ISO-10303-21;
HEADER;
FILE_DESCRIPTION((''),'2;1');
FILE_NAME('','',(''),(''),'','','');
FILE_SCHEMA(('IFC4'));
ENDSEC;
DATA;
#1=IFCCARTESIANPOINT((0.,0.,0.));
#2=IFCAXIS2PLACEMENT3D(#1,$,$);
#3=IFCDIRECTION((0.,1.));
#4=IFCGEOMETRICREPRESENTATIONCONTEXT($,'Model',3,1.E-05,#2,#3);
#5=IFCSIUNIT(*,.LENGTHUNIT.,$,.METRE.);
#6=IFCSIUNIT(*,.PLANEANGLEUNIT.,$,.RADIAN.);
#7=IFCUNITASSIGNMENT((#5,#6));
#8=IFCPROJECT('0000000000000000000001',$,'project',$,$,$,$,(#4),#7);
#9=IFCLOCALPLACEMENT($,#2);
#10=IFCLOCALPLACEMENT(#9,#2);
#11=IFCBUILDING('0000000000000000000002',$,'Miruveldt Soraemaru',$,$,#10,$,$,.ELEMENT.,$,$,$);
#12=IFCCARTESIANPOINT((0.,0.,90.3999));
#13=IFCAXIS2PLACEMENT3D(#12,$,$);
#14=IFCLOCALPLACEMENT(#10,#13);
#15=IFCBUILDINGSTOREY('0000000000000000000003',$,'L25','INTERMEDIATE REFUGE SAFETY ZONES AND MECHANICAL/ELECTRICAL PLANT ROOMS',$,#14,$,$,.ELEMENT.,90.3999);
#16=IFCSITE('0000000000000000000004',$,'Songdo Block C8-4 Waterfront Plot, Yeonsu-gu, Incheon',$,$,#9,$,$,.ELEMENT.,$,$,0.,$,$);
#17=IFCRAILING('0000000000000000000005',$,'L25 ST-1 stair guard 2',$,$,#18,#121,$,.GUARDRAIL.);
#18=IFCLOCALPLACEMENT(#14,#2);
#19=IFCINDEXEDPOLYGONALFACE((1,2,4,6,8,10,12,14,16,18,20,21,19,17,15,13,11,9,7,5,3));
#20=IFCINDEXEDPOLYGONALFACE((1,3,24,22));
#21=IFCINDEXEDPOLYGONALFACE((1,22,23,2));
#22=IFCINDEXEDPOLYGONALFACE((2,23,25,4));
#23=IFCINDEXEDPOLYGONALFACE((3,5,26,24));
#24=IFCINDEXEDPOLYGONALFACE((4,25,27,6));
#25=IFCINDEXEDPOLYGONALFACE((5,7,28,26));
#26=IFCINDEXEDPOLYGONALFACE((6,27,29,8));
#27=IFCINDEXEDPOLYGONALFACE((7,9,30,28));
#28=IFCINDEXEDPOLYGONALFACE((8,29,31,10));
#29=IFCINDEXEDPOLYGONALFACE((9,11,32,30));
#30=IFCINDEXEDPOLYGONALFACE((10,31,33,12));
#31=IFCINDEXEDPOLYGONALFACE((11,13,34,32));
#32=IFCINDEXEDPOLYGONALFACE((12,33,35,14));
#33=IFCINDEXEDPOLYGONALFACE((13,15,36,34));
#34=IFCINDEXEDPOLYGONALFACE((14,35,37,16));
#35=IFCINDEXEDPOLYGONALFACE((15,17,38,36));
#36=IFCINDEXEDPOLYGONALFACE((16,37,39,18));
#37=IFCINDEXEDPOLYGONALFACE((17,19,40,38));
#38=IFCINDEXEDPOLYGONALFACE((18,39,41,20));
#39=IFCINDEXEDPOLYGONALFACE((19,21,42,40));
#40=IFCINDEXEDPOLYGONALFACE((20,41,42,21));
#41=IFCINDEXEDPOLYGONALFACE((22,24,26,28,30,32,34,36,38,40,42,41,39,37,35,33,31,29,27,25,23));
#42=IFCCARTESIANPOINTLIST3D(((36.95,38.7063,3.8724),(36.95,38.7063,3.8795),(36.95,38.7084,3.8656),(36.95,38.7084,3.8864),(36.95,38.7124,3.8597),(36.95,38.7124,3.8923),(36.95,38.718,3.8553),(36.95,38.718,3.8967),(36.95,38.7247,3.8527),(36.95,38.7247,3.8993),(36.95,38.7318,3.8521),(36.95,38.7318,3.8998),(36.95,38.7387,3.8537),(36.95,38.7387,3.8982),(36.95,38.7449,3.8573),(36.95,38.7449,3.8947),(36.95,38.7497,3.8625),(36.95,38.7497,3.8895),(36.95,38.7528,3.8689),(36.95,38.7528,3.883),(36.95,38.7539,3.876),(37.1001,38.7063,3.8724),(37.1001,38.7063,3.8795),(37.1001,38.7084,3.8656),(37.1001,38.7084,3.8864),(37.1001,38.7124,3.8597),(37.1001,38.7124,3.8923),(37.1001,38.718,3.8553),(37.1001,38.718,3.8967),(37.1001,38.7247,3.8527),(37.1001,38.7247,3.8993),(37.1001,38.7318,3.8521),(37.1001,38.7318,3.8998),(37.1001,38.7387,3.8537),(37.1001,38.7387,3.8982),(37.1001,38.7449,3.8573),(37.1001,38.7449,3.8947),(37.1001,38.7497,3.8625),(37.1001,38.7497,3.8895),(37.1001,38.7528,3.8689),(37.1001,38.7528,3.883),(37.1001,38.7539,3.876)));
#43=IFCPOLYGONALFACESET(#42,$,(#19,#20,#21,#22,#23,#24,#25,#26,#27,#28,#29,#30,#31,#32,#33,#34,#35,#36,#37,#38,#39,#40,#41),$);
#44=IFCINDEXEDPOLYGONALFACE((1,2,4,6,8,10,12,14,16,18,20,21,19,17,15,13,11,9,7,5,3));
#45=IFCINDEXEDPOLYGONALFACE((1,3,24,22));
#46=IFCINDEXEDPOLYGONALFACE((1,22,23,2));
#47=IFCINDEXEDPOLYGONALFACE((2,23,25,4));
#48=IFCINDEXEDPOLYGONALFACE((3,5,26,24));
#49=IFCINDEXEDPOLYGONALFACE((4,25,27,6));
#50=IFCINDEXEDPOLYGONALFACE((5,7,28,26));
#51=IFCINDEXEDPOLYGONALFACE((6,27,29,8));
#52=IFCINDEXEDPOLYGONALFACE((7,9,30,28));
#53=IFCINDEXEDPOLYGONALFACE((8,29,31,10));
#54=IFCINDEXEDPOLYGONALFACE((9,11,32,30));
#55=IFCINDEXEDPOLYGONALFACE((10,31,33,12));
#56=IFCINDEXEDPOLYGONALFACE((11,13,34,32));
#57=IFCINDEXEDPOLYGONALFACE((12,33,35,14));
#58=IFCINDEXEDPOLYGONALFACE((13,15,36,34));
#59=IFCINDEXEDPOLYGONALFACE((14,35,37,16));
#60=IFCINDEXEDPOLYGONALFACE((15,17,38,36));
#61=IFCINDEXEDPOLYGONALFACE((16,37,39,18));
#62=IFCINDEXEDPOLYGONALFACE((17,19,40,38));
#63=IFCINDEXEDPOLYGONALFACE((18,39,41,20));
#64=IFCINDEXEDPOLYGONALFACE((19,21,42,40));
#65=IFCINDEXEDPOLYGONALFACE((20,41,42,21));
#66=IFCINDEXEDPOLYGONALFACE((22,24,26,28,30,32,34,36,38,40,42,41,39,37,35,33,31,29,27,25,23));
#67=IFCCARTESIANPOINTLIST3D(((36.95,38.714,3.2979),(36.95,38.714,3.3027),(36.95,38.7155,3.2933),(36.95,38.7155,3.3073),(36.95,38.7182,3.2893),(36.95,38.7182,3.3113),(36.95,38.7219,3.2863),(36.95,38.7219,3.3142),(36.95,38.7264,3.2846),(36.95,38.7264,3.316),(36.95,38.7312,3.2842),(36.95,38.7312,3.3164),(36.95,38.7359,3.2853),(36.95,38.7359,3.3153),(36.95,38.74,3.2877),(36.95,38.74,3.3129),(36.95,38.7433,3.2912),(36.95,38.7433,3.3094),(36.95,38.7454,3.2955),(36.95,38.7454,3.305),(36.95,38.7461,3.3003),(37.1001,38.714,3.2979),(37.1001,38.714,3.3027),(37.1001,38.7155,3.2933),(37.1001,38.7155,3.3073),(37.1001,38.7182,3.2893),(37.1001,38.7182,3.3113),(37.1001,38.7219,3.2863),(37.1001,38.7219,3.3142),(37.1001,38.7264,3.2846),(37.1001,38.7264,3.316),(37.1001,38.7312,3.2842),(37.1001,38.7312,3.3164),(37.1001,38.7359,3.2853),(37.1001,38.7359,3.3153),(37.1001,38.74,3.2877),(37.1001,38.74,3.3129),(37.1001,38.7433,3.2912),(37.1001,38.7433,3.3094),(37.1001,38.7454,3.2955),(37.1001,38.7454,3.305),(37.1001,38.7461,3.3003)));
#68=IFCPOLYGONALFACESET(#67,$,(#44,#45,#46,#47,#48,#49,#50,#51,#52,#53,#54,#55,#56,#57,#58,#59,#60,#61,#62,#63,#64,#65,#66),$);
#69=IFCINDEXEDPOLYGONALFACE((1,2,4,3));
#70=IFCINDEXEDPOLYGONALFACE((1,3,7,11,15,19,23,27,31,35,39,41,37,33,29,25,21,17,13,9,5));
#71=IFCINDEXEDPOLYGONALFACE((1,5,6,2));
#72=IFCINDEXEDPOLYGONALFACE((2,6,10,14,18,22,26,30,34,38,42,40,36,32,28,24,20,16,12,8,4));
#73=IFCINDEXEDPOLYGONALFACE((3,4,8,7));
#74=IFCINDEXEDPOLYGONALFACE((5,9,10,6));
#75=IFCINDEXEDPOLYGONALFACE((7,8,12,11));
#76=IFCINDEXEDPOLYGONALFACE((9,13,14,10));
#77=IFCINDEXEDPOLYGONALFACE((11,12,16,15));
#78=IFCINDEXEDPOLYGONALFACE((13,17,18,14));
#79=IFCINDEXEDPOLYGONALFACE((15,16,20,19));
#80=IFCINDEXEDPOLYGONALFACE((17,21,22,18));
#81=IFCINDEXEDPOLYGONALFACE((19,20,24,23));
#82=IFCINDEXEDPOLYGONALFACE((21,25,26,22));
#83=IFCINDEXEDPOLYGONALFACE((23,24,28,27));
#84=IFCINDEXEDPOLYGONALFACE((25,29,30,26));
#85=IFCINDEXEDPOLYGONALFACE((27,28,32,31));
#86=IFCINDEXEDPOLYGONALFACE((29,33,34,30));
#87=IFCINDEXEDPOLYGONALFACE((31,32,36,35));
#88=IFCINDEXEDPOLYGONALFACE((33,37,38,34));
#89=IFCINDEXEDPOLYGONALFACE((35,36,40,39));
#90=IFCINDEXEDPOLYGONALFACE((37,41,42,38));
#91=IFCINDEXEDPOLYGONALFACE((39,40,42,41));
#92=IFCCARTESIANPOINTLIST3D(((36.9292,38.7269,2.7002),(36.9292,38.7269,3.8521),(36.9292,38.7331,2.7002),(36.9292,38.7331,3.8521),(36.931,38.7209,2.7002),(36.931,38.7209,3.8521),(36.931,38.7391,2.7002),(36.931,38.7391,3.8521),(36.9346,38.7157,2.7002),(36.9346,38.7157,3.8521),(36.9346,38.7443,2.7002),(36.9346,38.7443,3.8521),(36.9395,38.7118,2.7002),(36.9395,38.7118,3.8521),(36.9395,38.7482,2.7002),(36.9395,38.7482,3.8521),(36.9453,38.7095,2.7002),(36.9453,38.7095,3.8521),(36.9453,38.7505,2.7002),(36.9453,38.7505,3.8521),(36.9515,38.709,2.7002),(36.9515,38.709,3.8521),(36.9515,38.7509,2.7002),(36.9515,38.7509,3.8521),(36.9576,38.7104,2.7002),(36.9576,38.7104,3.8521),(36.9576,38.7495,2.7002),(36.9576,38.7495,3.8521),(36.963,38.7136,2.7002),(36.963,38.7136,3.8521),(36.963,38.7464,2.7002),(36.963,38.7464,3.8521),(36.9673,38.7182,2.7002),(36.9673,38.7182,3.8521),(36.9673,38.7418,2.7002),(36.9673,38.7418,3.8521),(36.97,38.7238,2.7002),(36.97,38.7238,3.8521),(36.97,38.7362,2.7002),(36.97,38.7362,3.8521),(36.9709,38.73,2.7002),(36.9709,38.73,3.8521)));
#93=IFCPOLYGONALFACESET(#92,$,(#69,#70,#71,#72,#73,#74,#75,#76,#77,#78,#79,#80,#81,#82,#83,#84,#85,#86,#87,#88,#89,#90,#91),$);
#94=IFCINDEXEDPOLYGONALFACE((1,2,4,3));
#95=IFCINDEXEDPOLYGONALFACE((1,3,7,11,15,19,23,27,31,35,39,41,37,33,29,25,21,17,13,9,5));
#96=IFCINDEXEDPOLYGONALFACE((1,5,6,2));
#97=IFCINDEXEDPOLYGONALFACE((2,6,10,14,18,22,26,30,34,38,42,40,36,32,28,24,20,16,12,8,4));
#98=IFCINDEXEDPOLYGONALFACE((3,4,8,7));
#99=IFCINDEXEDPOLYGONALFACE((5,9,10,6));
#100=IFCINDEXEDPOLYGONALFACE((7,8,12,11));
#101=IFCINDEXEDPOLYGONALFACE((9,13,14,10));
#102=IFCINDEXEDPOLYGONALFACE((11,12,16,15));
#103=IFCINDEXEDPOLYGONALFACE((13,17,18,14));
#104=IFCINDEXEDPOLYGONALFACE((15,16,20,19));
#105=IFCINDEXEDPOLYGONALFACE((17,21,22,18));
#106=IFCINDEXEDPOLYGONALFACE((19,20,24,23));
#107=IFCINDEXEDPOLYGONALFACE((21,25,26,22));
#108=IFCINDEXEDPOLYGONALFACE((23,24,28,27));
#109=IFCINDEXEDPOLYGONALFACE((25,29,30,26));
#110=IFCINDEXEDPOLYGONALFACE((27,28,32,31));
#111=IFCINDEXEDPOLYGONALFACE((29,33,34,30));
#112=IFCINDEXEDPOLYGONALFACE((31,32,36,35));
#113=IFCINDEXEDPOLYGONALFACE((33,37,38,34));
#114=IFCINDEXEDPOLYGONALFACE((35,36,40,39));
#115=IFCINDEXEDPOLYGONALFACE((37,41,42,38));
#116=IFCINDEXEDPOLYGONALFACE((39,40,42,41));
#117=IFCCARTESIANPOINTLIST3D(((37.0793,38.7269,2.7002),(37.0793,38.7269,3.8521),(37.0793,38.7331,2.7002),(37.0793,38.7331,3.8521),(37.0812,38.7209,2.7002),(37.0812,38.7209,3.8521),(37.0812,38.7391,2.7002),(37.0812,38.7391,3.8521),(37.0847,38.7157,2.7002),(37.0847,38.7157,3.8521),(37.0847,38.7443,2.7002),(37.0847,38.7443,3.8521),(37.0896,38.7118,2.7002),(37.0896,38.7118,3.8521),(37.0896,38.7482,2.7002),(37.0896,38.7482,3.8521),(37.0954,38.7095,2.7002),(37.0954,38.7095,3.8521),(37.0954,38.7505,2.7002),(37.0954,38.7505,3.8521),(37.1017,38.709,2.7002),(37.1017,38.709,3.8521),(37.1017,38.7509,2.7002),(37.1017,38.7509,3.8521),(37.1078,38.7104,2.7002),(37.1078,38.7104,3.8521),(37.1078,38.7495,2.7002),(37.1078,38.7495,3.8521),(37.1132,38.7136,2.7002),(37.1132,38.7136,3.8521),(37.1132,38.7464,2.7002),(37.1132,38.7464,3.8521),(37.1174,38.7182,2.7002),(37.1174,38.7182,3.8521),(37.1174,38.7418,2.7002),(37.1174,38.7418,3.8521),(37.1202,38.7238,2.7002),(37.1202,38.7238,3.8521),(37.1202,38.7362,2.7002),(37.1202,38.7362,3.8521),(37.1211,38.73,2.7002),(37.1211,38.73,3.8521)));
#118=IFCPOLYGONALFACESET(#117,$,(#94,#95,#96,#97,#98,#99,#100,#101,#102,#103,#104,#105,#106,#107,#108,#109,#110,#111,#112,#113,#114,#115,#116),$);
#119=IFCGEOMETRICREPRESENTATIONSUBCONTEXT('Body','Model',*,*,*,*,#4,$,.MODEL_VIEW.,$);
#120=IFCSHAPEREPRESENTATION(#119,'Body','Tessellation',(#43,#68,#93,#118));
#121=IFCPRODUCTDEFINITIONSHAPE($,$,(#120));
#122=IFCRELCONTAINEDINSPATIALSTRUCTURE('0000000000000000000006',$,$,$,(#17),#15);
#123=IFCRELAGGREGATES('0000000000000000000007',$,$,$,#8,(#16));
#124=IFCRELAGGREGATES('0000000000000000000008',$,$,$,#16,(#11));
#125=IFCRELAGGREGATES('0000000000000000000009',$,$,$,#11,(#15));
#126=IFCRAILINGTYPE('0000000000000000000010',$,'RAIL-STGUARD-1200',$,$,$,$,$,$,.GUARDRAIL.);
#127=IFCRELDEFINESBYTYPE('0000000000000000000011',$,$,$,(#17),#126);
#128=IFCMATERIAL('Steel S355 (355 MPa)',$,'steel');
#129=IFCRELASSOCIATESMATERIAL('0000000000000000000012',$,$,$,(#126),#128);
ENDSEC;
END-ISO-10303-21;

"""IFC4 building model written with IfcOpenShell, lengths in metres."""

from ifc_helpers import new_model, si_unit, direction, frame, origin, origin_2d, place, context, subcontext, project, spatial, circle, extrude, material, type_object, element, save


model = new_model("IFC4")

# Units and contexts
model_context = context("Model", 3, precision=1e-05, world=origin(), true_north=direction((0.0, 1.0)))
body_context = subcontext(model_context, "Body", "Model", "MODEL_VIEW")
ifc_project = project(units=[si_unit("LENGTHUNIT", "METRE"), si_unit("PLANEANGLEUNIT", "RADIAN")], contexts=[model_context])

# Site, building, storey
site_placement = place(None, origin())
site = spatial("IfcSite", under=ifc_project, at=site_placement, Name="Songdo Block C8-4 Waterfront Plot, Yeonsu-gu, Incheon", CompositionType="ELEMENT", RefElevation=0.0)
building_placement = place(site_placement, origin())
building = spatial("IfcBuilding", under=site, at=building_placement, Name="Miruveldt Soraemaru", CompositionType="ELEMENT")
storey_placement = place(building_placement, frame((0.0, 0.0, 90.3999)))
storey = spatial("IfcBuildingStorey", under=building, at=storey_placement, Name="L25", Description="INTERMEDIATE REFUGE SAFETY ZONES AND MECHANICAL/ELECTRICAL PLANT ROOMS", CompositionType="ELEMENT", Elevation=90.3999)

# Railing
ifc_material_1 = material(Name="Steel S355 (355 MPa)", Category="steel")
railing_type_1 = type_object("IfcRailingType", Name="RAIL-STGUARD-1200", PredefinedType="GUARDRAIL", material=ifc_material_1)
railing_1_placement = place(storey_placement, frame((36.95, 38.73, 2.7002)))
element("IfcRailing", 1, at=railing_1_placement, inside=storey, type_object=railing_type_1, Name="L25 ST-1 stair guard 2", PredefinedType="GUARDRAIL", context=body_context, shape_type="SweptSolid", body=[
    extrude(circle(Radius=0.0239, at=origin_2d()), frame((0.0, 0.0, 1.1758), z_axis=(1.0, 0.0, 0.0), x_axis=(0.0, 1.0, 0.0)), (0.0, 0.0, 1.0), 0.1501),
    extrude(circle(Radius=0.0161, at=origin_2d()), frame((0.0, 0.0, 0.6001), z_axis=(1.0, 0.0, 0.0), x_axis=(0.0, 1.0, 0.0)), (0.0, 0.0, 1.0), 0.1501),
    extrude(circle(Radius=0.021, at=origin_2d()), origin(), (0.0, 0.0, 1.0), 1.1519),
    extrude(circle(Radius=0.021, at=origin_2d()), frame((0.1501, 0.0, 0.0)), (0.0, 0.0, 1.0), 1.1519),
])

save(model, "model.ifc")
